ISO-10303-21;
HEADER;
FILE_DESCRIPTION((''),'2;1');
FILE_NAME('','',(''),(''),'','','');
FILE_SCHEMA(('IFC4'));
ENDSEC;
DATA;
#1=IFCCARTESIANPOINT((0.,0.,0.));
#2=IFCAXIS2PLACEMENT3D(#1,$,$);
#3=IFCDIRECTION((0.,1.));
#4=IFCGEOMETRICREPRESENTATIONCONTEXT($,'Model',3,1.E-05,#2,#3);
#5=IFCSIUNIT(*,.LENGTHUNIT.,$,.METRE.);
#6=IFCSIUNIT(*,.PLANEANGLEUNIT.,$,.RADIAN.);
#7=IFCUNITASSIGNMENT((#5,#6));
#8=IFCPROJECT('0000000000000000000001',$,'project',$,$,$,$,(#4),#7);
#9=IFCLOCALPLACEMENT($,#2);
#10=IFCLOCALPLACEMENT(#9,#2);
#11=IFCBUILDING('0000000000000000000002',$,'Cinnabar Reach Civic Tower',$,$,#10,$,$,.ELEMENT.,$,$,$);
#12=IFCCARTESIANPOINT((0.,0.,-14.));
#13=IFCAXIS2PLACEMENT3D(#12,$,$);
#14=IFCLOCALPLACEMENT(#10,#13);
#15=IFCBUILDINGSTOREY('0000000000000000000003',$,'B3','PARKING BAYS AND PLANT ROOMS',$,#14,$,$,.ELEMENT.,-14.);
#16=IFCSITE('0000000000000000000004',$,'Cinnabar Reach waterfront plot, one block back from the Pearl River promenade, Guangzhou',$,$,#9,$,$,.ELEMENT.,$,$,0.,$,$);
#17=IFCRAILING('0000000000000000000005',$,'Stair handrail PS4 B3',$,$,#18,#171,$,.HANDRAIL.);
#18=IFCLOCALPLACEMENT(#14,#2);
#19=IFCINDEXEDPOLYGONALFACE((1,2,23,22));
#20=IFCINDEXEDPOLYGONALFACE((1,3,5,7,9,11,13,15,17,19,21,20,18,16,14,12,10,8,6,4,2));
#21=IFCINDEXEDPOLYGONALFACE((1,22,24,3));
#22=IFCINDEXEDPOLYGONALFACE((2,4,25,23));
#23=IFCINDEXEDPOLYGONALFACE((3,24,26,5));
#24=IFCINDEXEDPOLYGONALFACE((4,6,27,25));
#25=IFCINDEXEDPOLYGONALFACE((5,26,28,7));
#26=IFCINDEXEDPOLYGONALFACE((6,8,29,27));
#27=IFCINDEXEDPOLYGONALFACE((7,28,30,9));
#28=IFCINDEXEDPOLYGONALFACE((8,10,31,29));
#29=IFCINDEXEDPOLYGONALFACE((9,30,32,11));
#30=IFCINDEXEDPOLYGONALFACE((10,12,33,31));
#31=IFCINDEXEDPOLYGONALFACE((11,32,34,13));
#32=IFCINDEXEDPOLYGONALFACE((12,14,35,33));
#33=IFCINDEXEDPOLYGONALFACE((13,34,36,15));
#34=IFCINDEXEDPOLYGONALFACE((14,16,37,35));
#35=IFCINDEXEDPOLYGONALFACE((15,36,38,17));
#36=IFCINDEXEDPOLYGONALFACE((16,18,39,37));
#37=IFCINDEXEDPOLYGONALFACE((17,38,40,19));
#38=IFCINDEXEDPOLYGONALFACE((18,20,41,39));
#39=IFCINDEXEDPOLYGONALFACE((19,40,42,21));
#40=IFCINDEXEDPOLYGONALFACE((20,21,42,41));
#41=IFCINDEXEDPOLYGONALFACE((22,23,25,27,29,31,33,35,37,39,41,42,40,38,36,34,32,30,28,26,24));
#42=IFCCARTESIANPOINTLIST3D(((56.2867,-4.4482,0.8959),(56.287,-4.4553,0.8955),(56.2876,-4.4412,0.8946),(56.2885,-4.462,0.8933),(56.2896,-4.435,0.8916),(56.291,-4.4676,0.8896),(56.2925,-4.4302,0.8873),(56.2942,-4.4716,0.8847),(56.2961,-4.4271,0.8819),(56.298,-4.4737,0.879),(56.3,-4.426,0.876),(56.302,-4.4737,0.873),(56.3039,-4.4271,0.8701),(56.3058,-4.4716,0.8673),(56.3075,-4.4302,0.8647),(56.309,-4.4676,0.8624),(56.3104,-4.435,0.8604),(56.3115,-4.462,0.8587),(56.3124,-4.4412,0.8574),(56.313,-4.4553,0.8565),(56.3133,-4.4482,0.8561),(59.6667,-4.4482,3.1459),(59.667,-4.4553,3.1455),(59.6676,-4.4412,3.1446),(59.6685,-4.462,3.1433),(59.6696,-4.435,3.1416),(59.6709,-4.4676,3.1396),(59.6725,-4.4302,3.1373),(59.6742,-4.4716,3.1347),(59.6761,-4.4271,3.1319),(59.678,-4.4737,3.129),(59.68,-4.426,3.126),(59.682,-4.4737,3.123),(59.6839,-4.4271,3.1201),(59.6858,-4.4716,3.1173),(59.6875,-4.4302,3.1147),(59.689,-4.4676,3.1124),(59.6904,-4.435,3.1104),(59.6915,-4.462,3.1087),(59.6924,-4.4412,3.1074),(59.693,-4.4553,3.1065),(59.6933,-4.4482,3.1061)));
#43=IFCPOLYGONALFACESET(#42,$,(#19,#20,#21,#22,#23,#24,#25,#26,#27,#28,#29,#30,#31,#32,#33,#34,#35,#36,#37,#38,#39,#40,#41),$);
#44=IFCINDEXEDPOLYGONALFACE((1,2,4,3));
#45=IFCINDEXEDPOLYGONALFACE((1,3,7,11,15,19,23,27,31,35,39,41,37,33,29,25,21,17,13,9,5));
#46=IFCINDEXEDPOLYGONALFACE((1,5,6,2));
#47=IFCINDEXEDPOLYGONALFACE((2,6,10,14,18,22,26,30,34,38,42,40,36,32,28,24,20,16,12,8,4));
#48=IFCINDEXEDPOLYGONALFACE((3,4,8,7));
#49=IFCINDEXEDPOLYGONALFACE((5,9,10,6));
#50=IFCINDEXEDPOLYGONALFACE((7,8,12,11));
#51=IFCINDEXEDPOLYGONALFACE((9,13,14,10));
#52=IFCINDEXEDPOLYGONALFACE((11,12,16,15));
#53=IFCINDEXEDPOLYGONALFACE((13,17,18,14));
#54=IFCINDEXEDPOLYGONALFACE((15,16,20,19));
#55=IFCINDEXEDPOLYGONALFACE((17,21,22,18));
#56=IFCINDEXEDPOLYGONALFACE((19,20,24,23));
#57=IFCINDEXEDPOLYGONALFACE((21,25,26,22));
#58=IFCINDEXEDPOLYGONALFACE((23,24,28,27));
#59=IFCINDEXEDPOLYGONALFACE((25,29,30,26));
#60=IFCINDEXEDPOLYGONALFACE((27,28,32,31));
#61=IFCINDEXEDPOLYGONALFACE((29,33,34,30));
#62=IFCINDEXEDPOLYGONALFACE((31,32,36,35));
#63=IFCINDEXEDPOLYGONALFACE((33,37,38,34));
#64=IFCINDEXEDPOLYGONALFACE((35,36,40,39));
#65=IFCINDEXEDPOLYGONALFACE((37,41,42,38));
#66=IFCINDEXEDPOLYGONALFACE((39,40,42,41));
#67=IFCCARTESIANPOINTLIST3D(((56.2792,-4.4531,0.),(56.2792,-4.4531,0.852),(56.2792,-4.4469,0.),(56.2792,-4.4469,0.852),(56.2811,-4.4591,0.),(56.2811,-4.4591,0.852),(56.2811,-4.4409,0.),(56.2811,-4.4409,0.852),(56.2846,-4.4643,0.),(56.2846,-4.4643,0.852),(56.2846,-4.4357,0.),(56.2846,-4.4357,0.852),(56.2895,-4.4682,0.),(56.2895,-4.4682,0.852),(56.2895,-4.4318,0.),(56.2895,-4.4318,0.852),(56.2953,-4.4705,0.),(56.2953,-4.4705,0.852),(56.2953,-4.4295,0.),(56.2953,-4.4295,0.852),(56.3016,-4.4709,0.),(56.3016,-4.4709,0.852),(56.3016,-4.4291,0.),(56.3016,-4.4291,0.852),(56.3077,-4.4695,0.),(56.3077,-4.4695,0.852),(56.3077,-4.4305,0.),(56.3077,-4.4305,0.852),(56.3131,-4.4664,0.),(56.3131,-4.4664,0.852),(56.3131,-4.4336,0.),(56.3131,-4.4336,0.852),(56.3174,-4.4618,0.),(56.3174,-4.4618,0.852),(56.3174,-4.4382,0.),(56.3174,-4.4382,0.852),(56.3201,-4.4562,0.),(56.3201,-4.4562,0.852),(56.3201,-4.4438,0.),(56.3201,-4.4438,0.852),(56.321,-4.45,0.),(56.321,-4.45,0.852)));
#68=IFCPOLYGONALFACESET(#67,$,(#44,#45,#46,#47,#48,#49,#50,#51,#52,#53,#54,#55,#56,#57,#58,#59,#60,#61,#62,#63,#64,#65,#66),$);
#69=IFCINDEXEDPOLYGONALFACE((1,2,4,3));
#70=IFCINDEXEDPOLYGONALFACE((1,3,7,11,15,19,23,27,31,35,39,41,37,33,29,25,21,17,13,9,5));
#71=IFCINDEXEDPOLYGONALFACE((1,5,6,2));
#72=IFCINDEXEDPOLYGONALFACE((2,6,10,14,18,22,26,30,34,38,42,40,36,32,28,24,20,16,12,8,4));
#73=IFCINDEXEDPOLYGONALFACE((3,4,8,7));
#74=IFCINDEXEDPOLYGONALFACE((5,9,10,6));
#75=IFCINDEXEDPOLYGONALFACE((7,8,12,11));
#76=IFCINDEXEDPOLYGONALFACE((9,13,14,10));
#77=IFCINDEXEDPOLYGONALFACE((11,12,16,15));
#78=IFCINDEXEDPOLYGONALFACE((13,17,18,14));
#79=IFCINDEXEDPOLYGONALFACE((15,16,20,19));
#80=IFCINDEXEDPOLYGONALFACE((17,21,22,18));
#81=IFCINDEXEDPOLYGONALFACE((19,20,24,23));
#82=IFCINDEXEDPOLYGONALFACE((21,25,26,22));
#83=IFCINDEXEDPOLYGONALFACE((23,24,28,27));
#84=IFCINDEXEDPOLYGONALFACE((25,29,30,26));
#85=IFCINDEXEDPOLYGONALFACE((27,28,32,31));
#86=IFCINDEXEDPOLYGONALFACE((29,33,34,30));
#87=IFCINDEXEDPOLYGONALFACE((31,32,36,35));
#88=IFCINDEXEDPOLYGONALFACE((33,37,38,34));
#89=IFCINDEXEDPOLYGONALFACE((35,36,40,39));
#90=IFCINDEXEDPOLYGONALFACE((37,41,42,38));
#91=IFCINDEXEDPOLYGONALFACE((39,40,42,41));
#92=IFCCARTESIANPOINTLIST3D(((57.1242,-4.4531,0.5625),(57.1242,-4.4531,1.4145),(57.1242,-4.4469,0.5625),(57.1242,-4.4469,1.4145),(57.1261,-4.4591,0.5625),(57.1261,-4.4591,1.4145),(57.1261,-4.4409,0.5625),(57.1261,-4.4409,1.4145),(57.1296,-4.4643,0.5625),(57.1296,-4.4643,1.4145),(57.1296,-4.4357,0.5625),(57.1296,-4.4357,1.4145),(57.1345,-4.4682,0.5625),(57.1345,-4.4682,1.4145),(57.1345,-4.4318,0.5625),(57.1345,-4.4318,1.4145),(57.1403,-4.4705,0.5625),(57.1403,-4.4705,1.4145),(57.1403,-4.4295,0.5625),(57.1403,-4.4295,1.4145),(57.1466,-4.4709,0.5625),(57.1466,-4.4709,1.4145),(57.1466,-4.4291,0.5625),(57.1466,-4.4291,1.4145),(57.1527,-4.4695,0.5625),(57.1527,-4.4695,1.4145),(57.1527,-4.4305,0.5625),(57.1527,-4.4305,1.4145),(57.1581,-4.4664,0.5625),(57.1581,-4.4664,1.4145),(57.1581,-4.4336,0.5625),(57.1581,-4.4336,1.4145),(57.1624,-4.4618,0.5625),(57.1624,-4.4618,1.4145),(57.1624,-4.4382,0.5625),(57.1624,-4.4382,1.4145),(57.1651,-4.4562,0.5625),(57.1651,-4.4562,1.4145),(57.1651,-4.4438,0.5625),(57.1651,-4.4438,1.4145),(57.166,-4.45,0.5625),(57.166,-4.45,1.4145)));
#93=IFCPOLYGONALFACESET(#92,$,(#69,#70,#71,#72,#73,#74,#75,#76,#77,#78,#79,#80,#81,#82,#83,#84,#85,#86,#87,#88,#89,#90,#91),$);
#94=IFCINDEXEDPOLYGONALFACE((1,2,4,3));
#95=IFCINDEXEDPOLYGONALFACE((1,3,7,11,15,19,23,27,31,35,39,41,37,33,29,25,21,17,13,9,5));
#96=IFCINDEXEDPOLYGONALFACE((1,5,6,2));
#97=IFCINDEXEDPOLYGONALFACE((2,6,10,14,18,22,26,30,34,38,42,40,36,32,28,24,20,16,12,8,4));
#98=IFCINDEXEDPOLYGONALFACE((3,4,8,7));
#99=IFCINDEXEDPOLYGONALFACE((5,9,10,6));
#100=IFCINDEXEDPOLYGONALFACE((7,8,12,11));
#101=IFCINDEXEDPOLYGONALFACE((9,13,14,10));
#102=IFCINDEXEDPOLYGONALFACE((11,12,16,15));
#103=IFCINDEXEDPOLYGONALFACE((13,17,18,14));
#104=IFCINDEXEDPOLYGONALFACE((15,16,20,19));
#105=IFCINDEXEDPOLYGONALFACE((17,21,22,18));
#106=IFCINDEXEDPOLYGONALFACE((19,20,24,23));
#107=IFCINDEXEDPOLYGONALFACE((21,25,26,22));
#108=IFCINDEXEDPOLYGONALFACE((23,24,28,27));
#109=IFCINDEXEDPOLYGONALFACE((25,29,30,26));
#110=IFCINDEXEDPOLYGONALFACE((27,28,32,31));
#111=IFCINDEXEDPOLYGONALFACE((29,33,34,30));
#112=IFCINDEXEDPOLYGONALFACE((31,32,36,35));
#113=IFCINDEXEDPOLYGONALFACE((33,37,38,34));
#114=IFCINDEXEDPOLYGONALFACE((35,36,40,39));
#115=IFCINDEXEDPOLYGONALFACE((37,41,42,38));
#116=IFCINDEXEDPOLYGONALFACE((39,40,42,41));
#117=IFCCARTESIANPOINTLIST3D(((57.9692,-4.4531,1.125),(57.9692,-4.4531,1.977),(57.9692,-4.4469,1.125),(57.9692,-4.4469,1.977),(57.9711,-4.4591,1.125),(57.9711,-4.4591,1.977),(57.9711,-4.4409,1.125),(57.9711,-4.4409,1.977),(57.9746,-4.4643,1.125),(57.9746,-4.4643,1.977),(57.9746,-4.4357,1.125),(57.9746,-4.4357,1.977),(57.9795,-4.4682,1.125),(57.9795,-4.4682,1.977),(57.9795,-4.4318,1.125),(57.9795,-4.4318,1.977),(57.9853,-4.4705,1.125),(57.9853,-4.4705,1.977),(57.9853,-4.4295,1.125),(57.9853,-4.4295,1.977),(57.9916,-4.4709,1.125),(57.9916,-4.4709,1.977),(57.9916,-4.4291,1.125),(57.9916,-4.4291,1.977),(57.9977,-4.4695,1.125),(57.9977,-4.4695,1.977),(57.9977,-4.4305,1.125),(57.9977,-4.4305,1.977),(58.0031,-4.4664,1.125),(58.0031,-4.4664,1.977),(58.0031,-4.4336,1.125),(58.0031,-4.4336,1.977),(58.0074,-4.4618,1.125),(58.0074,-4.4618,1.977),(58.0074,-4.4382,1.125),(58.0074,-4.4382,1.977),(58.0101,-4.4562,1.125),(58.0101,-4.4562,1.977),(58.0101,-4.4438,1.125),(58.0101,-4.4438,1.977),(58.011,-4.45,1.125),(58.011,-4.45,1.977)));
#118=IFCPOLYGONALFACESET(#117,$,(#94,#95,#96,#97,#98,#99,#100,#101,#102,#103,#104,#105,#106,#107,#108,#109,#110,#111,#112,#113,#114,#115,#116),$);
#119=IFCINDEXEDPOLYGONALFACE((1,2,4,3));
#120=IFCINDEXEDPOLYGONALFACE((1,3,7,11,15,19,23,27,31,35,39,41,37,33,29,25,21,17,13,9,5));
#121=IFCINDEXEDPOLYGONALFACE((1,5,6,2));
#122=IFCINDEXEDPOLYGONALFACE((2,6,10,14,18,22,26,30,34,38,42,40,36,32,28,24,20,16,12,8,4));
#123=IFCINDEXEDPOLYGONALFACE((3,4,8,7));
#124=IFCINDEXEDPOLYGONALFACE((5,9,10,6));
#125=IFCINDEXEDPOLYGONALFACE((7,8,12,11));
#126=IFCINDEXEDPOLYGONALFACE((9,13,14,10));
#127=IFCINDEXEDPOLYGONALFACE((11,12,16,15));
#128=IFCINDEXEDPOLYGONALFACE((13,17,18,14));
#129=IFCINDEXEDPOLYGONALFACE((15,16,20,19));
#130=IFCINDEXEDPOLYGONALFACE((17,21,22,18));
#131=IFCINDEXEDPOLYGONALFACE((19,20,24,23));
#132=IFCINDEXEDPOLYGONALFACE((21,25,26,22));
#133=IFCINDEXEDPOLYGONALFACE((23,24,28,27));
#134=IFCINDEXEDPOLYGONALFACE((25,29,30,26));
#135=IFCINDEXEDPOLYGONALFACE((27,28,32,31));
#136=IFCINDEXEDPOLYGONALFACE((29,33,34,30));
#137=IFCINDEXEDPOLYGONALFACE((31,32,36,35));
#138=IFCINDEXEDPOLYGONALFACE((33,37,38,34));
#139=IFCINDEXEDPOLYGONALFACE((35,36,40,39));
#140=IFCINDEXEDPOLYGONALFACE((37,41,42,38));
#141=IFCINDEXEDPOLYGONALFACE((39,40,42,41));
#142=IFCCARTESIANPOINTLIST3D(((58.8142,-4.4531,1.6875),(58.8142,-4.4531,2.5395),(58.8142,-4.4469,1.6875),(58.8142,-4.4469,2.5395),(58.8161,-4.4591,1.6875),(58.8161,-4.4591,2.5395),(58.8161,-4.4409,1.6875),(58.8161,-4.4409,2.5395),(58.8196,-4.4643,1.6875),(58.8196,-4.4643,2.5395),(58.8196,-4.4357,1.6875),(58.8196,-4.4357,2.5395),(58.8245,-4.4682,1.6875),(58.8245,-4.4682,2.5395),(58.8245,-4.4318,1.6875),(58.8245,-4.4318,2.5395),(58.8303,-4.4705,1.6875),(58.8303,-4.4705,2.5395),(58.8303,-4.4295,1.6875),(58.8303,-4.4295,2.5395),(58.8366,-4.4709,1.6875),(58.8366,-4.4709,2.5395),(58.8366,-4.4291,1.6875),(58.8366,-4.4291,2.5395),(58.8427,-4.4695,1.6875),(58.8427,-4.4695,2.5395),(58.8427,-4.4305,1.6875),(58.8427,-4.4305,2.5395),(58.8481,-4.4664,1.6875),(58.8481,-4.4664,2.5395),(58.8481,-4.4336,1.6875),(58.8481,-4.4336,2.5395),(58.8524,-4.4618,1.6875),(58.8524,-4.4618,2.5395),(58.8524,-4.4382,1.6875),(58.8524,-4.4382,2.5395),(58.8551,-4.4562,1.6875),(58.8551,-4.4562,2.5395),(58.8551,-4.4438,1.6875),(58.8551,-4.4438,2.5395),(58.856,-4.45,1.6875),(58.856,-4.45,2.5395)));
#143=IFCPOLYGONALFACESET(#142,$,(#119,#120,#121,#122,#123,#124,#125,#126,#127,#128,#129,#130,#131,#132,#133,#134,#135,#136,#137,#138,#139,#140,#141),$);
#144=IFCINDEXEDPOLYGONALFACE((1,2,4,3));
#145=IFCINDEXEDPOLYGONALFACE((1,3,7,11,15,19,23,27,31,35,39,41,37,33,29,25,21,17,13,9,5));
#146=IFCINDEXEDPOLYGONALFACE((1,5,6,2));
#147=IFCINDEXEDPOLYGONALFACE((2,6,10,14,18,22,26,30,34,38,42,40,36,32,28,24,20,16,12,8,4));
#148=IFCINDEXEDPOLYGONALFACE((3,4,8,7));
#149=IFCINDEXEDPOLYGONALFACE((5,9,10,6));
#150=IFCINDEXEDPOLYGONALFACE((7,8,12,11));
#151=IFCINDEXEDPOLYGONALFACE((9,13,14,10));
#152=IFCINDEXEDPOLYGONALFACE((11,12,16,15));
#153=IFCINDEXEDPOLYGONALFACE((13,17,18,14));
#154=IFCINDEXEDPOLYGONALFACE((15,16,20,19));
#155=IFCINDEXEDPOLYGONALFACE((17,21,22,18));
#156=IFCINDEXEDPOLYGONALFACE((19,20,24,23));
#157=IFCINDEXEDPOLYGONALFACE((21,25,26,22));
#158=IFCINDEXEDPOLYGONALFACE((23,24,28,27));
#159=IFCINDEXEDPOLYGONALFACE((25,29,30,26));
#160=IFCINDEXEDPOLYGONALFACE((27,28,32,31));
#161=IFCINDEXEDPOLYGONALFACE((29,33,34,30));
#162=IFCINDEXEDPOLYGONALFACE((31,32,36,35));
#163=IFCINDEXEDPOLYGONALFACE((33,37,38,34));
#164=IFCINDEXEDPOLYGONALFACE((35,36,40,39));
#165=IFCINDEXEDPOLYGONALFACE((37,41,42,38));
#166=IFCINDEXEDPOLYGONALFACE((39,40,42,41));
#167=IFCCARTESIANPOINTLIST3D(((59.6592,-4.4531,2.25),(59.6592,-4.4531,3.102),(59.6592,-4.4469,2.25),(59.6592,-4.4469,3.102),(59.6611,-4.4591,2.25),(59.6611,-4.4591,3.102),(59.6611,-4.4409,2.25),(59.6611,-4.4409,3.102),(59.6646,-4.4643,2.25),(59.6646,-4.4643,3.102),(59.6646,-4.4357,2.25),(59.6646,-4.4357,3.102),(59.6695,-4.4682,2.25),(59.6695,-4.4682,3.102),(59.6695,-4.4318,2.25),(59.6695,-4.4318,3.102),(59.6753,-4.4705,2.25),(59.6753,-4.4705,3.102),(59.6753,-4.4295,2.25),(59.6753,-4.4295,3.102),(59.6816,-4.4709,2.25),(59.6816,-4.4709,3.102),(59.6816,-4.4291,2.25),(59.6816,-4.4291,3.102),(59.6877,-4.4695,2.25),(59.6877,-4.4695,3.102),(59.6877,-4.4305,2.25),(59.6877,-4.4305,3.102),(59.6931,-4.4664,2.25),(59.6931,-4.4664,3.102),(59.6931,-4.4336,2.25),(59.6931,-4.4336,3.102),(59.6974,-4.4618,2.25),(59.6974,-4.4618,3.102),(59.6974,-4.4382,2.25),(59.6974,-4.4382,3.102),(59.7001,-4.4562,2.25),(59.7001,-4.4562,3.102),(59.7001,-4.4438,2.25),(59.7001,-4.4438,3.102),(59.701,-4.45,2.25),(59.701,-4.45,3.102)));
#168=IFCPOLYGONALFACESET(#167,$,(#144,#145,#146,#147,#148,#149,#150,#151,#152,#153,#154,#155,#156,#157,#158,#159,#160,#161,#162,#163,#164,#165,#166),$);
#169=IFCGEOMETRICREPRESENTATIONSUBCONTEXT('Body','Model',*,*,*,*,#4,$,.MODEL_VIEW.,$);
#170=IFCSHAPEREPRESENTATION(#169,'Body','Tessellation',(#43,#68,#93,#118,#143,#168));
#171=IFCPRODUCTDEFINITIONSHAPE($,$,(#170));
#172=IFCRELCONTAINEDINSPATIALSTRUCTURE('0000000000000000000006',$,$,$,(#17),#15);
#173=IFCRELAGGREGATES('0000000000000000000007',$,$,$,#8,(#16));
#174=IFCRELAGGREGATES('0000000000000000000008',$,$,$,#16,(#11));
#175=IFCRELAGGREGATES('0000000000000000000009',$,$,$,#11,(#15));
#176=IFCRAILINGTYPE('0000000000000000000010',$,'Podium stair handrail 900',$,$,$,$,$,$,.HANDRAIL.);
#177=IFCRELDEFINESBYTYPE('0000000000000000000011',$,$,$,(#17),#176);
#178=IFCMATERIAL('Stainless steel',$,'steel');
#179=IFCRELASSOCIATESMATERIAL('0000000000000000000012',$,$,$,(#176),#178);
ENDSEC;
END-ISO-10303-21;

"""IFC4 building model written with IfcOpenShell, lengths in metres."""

from ifc_helpers import new_model, si_unit, direction, frame, origin, origin_2d, place, context, subcontext, project, spatial, circle, extrude, material, type_object, element, save


model = new_model("IFC4")

# Units and contexts
model_context = context("Model", 3, precision=1e-05, world=origin(), true_north=direction((0.0, 1.0)))
body_context = subcontext(model_context, "Body", "Model", "MODEL_VIEW")
ifc_project = project(units=[si_unit("LENGTHUNIT", "METRE"), si_unit("PLANEANGLEUNIT", "RADIAN")], contexts=[model_context])

# Site, building, storey
site_placement = place(None, origin())
site = spatial("IfcSite", under=ifc_project, at=site_placement, Name="Cinnabar Reach waterfront plot, one block back from the Pearl River promenade, Guangzhou", CompositionType="ELEMENT", RefElevation=0.0)
building_placement = place(site_placement, origin())
building = spatial("IfcBuilding", under=site, at=building_placement, Name="Cinnabar Reach Civic Tower", CompositionType="ELEMENT")
storey_placement = place(building_placement, frame((0.0, 0.0, -14.0)))
storey = spatial("IfcBuildingStorey", under=building, at=storey_placement, Name="B3", Description="PARKING BAYS AND PLANT ROOMS", CompositionType="ELEMENT", Elevation=-14.0)

# Railing
ifc_material_1 = material(Name="Stainless steel", Category="steel")
railing_type_1 = type_object("IfcRailingType", Name="Podium stair handrail 900", PredefinedType="HANDRAIL", material=ifc_material_1)
railing_1_placement = place(storey_placement, frame((56.3, -4.45, 0.0)))
element("IfcRailing", 1, at=railing_1_placement, inside=storey, type_object=railing_type_1, Name="Stair handrail PS4 B3", PredefinedType="HANDRAIL", context=body_context, shape_type="SweptSolid", body=[
    extrude(circle(Radius=0.024, at=origin_2d()), frame((0.0, 0.0, 0.876), z_axis=(0.832429, 0.0, 0.554132), x_axis=(0.0, 1.0, 0.0)), (0.0, 0.0, 1.0), 4.0604),
    extrude(circle(Radius=0.021, at=origin_2d()), origin(), (0.0, 0.0, 1.0), 0.852),
    extrude(circle(Radius=0.021, at=origin_2d()), frame((0.845, 0.0, 0.5625)), (0.0, 0.0, 1.0), 0.852),
    extrude(circle(Radius=0.021, at=origin_2d()), frame((1.69, 0.0, 1.125)), (0.0, 0.0, 1.0), 0.852),
    extrude(circle(Radius=0.021, at=origin_2d()), frame((2.535, 0.0, 1.6875)), (0.0, 0.0, 1.0), 0.852),
    extrude(circle(Radius=0.021, at=origin_2d()), frame((3.38, 0.0, 2.25)), (0.0, 0.0, 1.0), 0.852),
])

save(model, "model.ifc")
